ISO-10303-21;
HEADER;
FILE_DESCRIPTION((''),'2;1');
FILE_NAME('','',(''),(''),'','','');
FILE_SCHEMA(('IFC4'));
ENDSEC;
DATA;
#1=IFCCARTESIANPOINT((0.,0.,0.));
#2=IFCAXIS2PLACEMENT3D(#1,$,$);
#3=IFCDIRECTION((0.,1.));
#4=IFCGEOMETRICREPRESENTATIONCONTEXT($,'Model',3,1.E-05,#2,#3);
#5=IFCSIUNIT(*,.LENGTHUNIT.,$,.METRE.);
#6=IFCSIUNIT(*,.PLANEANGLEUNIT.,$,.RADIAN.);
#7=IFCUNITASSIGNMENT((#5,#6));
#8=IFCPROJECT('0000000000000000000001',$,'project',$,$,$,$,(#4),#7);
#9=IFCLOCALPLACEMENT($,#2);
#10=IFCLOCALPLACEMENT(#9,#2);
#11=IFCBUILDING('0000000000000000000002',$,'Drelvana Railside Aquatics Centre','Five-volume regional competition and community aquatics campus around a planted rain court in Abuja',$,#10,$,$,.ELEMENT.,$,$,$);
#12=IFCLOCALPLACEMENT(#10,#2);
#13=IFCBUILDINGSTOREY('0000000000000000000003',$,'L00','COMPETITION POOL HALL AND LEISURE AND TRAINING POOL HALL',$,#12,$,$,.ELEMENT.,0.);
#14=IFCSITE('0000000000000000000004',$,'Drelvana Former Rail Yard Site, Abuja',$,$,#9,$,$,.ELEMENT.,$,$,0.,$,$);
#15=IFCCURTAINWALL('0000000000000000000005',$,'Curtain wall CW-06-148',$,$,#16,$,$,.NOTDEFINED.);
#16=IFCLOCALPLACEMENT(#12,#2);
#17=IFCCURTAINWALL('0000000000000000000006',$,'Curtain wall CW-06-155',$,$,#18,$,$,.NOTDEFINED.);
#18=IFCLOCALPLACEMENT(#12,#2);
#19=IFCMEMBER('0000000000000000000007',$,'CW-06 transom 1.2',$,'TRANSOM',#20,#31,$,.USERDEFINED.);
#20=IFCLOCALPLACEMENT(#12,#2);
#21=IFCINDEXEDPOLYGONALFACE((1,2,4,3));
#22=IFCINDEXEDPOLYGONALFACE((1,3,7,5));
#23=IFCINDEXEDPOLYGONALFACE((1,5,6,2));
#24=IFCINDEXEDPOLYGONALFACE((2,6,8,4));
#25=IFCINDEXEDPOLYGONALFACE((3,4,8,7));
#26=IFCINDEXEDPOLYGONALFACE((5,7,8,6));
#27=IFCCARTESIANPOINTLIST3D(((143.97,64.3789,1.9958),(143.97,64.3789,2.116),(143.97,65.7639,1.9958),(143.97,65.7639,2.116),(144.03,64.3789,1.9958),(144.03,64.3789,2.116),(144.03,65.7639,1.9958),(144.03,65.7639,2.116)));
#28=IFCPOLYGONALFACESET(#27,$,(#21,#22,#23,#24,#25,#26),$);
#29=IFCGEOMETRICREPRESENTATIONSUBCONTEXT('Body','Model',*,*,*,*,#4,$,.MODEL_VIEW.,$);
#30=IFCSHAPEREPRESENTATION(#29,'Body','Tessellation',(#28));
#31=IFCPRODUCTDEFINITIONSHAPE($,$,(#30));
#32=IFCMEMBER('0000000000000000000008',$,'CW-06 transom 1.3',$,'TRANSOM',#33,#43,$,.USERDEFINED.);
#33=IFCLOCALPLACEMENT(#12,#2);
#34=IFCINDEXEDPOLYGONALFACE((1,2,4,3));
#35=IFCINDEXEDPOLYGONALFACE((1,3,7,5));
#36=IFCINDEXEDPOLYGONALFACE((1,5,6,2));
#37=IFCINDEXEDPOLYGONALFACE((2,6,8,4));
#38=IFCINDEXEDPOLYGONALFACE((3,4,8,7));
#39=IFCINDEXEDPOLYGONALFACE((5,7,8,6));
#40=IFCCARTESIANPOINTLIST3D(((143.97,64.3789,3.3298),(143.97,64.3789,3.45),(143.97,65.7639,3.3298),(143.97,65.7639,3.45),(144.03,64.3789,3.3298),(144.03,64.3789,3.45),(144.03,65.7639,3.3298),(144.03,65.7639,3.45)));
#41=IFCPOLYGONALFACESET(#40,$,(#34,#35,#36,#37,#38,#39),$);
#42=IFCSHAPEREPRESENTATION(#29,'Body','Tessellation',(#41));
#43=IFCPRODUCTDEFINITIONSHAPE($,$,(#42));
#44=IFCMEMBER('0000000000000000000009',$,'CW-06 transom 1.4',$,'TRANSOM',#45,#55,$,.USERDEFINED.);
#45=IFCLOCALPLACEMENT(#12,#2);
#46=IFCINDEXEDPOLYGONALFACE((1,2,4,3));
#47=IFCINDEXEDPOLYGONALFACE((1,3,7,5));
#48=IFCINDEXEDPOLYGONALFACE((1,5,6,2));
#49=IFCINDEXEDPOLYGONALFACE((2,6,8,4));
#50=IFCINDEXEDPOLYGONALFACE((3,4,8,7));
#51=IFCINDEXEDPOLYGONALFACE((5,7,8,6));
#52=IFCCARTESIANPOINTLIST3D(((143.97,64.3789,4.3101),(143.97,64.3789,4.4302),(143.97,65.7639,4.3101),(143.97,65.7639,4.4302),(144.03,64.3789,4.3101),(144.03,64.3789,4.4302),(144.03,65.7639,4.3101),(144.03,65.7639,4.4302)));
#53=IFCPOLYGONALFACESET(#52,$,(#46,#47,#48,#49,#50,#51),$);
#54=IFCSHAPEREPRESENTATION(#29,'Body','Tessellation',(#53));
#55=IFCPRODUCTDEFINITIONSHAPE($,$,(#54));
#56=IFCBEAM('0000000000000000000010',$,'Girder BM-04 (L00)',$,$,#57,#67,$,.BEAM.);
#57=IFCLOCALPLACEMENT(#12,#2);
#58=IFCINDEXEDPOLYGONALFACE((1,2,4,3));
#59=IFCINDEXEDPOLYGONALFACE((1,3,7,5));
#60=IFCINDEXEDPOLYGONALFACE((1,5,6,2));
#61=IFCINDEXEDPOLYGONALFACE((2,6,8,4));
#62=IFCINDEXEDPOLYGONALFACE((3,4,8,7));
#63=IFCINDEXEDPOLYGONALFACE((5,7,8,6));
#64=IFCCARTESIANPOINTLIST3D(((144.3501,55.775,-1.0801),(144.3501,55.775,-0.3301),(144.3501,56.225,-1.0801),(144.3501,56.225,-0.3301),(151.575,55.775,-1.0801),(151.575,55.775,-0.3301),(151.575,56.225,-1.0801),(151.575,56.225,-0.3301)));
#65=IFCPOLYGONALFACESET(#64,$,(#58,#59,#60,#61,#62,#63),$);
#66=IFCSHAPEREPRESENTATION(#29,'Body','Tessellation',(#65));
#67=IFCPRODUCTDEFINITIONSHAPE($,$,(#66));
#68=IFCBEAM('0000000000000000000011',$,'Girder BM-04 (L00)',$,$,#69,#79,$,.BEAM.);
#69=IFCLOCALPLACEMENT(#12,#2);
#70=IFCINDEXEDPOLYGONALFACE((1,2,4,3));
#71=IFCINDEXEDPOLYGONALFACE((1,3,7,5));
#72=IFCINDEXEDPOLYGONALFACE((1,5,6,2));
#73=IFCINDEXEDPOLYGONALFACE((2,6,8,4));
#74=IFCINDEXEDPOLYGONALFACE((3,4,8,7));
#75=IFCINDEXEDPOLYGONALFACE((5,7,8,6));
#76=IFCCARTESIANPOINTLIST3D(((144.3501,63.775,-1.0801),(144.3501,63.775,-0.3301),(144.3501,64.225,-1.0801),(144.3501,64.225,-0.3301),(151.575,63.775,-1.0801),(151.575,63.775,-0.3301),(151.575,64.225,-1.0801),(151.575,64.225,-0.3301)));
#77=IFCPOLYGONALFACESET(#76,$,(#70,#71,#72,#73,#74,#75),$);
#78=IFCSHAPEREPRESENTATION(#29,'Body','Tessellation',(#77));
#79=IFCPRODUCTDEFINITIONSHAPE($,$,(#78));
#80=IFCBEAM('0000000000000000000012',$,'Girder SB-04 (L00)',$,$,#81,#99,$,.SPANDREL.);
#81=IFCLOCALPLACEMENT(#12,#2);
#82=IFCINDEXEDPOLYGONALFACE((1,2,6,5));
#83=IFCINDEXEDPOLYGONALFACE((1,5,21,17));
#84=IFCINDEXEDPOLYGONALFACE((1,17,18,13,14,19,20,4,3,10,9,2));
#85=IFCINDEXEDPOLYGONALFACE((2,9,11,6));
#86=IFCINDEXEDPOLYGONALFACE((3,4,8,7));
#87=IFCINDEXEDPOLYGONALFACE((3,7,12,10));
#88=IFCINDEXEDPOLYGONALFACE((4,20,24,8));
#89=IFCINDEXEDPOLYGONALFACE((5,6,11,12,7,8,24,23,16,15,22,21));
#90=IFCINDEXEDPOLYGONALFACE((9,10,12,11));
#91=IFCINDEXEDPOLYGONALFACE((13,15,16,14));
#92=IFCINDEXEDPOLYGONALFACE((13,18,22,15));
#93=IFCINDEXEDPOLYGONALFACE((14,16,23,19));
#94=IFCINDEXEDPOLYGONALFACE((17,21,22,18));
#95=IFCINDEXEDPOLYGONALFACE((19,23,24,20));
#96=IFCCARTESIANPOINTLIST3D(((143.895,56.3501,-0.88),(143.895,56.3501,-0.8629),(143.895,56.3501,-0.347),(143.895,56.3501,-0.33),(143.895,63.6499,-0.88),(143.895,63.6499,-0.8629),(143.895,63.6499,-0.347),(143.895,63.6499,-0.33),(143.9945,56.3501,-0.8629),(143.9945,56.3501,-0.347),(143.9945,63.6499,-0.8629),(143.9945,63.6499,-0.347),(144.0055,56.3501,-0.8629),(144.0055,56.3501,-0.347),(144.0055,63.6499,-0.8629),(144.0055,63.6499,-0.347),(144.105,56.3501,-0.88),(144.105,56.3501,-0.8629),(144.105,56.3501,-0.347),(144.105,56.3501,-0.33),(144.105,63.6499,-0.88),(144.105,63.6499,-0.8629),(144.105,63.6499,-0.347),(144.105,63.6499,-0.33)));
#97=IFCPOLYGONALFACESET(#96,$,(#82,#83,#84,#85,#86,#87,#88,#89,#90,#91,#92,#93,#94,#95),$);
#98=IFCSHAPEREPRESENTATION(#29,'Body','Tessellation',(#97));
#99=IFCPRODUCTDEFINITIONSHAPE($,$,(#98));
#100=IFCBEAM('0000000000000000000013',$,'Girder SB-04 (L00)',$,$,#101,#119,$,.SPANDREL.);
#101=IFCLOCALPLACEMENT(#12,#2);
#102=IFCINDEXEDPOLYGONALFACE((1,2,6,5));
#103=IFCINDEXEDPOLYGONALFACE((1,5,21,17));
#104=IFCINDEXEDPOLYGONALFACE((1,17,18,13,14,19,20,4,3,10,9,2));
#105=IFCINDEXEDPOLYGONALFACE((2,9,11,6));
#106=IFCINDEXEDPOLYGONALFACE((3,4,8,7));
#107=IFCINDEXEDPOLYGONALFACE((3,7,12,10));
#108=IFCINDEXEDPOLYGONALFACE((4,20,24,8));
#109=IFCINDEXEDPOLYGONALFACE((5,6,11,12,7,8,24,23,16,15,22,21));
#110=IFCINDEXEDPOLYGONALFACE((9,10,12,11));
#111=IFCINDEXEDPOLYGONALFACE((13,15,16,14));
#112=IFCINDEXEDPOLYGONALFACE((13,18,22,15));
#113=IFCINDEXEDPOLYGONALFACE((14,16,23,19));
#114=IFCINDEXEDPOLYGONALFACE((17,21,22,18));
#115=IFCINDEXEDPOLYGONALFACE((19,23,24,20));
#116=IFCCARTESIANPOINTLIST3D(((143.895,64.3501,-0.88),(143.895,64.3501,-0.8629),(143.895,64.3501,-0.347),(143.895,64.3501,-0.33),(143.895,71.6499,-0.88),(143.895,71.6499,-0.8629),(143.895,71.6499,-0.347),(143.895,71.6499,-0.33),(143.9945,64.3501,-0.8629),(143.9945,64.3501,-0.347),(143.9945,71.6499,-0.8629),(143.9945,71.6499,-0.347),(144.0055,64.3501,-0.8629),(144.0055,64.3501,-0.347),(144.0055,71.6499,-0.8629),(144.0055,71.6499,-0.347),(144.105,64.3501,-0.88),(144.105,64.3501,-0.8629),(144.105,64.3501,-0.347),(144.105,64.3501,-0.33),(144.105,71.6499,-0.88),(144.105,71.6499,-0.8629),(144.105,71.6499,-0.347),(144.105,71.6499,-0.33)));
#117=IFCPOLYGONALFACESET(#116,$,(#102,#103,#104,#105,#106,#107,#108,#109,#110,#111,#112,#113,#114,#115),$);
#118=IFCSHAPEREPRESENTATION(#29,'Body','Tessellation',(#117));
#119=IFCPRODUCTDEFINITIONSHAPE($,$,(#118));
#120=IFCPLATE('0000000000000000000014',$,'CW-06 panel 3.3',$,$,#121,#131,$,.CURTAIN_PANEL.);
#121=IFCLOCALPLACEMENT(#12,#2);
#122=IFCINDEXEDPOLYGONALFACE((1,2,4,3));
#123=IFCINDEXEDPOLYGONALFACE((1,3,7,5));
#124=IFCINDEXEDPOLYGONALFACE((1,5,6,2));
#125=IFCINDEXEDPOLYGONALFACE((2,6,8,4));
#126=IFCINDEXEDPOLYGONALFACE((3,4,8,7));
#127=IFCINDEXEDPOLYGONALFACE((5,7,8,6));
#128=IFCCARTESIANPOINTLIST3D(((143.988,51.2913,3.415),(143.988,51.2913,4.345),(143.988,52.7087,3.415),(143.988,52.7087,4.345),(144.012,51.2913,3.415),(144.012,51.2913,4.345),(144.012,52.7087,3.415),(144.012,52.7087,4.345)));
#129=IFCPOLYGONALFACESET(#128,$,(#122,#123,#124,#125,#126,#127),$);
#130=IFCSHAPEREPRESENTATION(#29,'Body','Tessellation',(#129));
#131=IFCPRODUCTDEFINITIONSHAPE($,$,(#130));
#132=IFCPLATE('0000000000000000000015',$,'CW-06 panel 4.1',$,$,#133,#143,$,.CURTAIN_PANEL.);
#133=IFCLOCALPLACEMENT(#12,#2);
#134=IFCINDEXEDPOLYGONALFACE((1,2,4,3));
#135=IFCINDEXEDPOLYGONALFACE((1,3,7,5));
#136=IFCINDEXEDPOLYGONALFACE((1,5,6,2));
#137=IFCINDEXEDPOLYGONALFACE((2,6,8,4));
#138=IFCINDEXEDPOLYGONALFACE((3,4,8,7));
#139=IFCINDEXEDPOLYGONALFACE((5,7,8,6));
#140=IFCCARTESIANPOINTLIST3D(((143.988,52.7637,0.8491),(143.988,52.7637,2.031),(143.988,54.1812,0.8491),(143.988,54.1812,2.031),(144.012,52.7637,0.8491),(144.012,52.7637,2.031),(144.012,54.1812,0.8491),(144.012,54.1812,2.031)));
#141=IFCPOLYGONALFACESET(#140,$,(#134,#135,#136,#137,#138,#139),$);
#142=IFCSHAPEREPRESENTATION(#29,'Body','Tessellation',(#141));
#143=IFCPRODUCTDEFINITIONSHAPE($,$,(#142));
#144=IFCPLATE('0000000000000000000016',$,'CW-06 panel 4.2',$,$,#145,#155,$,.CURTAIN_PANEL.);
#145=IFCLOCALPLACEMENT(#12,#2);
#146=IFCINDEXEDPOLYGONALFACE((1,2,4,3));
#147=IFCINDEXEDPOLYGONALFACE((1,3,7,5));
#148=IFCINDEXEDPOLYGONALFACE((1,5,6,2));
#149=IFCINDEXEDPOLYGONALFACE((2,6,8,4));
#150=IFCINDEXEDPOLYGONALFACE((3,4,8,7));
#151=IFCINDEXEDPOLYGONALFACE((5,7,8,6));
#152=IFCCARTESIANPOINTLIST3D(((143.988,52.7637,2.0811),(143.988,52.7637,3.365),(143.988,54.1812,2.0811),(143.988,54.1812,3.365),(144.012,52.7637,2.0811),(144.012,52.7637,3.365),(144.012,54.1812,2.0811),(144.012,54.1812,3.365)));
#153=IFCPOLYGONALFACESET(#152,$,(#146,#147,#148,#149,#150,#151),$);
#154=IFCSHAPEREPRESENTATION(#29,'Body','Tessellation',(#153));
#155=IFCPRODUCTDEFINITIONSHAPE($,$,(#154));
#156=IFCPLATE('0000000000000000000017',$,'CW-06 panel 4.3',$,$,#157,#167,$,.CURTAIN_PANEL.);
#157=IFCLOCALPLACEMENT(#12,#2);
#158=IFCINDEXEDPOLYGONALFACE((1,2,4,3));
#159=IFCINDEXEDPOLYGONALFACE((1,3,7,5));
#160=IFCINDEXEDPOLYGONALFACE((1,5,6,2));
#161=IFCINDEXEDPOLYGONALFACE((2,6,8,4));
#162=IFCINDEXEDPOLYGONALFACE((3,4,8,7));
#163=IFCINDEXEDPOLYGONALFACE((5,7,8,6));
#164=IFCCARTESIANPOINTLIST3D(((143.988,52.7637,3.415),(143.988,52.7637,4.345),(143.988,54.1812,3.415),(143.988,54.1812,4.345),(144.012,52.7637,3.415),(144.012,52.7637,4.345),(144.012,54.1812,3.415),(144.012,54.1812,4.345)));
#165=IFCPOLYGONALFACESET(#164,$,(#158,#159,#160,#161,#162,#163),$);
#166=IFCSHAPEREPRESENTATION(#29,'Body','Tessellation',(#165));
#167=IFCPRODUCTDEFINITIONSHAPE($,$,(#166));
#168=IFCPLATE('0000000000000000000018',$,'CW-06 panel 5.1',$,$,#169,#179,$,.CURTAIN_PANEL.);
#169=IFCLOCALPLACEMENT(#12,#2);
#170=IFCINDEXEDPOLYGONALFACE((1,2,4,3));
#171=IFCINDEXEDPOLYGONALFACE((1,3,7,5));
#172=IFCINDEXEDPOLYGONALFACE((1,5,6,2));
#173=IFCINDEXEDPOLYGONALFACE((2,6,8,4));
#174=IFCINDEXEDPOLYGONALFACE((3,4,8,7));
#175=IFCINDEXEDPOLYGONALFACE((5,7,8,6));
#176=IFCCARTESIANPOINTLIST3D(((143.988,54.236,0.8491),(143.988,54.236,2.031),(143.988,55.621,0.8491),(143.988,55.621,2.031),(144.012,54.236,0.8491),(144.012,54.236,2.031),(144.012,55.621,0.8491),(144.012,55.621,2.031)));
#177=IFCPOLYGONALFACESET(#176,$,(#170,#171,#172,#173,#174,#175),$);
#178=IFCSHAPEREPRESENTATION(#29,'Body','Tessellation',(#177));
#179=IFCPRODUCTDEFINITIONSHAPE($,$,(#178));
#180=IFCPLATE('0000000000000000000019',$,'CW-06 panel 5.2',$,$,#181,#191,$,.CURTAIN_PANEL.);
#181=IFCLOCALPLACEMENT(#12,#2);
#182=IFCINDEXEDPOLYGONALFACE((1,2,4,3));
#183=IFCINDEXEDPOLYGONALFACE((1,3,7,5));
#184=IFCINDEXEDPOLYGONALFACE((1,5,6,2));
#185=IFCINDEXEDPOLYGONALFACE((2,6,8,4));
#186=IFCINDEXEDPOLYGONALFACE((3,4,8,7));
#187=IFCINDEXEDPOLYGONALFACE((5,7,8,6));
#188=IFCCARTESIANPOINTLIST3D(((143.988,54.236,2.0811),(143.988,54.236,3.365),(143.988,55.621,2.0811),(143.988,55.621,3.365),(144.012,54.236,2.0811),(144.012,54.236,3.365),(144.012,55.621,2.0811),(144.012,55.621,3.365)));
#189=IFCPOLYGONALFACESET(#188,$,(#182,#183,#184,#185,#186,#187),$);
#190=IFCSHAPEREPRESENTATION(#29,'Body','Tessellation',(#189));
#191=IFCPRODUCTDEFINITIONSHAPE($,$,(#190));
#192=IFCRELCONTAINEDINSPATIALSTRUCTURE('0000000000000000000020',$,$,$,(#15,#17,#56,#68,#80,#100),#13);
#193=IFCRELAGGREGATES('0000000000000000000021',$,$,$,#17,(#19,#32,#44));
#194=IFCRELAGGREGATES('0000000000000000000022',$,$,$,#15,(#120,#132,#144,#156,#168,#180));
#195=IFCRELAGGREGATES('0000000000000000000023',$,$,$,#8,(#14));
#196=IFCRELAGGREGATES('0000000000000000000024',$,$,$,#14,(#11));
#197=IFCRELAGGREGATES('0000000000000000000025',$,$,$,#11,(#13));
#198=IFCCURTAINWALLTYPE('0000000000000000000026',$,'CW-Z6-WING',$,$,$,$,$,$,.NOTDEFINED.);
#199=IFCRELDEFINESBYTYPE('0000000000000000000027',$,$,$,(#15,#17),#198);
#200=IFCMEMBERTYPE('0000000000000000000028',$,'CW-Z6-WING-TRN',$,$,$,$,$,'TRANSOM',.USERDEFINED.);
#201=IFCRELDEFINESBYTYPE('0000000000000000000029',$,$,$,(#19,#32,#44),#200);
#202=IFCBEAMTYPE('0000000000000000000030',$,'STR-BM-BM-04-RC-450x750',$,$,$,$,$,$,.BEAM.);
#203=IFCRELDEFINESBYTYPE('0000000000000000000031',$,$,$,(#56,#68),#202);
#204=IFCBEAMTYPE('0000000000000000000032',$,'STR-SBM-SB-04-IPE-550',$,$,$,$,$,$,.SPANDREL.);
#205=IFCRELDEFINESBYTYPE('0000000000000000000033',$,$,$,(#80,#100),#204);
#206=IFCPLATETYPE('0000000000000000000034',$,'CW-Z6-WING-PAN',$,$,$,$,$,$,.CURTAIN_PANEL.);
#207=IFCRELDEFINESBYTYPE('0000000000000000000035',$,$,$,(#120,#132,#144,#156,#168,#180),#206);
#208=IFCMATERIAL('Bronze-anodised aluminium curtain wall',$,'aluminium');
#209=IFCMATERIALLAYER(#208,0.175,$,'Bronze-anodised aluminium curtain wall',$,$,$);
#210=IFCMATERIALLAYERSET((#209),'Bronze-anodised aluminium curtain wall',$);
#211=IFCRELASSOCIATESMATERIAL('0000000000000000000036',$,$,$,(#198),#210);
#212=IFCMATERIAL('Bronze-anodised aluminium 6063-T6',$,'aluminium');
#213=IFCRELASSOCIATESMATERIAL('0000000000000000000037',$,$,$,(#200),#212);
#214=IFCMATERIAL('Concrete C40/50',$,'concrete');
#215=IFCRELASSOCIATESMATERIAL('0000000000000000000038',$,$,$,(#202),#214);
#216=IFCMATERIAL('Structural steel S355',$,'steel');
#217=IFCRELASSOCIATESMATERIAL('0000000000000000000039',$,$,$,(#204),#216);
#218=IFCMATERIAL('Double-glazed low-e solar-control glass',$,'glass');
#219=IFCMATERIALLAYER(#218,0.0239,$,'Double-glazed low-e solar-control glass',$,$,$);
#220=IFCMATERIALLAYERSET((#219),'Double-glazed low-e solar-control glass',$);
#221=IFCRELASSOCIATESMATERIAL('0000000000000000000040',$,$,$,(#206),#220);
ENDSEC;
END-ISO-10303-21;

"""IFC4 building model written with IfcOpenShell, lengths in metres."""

from ifc_helpers import new_model, si_unit, direction, frame, origin, origin_2d, place, context, subcontext, project, spatial, rectangle, i_section, extrude, material, layer, layer_set, material_profile, profile_set, type_object, element, aggregate, save


model = new_model("IFC4")

# Units and contexts
model_context = context("Model", 3, precision=1e-05, world=origin(), true_north=direction((0.0, 1.0)))
body_context = subcontext(model_context, "Body", "Model", "MODEL_VIEW")
ifc_project = project(units=[si_unit("LENGTHUNIT", "METRE"), si_unit("PLANEANGLEUNIT", "RADIAN")], contexts=[model_context])

# Site, building, storey
site_placement = place(None, origin())
site = spatial("IfcSite", under=ifc_project, at=site_placement, Name="Drelvana Former Rail Yard Site, Abuja", CompositionType="ELEMENT", RefElevation=0.0)
building_placement = place(site_placement, origin())
building = spatial("IfcBuilding", under=site, at=building_placement, Name="Drelvana Railside Aquatics Centre", Description="Five-volume regional competition and community aquatics campus around a planted rain court in Abuja", CompositionType="ELEMENT")
storey_placement = place(building_placement, origin())
storey = spatial("IfcBuildingStorey", under=building, at=storey_placement, Name="L00", Description="COMPETITION POOL HALL AND LEISURE AND TRAINING POOL HALL", CompositionType="ELEMENT", Elevation=0.0)

# Shared definitions
ifc_material_1 = material(Name="Concrete C40/50", Category="concrete")

# Curtain wall
ifc_material_2 = material(Name="Bronze-anodised aluminium curtain wall", Category="aluminium")
ifc_layer_1 = layer(ifc_material_2, 0.175, Name="Bronze-anodised aluminium curtain wall")
ifc_layer_set_1 = layer_set([ifc_layer_1], Name="Bronze-anodised aluminium curtain wall")
curtain_wall_type = type_object("IfcCurtainWallType", Name="CW-Z6-WING", PredefinedType="NOTDEFINED", material=ifc_layer_set_1)
curtain_wall_1_placement = place(storey_placement, origin())
curtain_wall_1 = element("IfcCurtainWall", 1, at=curtain_wall_1_placement, inside=storey, type_object=curtain_wall_type, Name="Curtain wall CW-06-148", PredefinedType="NOTDEFINED")
ifc_material_3 = material(Name="Bronze-anodised aluminium 6063-T6", Category="aluminium")

# Curtain wall
curtain_wall_2_placement = place(storey_placement, origin())
curtain_wall_2 = element("IfcCurtainWall", 2, at=curtain_wall_2_placement, inside=storey, type_object=curtain_wall_type, Name="Curtain wall CW-06-155", PredefinedType="NOTDEFINED")

# Members
ifc_material_profile_1 = material_profile(ifc_material_3, rectangle(XDim=0.1201, YDim=0.0601, at=origin_2d()), Name="ALU-T 60x120")
ifc_profile_set_1 = profile_set([ifc_material_profile_1], Name="Bronze-anodised aluminium 6063-T6")
member_type_1 = type_object("IfcMemberType", Name="CW-Z6-WING-TRN", ElementType="TRANSOM", PredefinedType="USERDEFINED", material=ifc_profile_set_1)
member_1_placement = place(storey_placement, frame((144.0, 64.3789, 2.0559), z_axis=(0.0, 1.0, 0.0), x_axis=(0.0, 0.0, 1.0)))
member_1 = element("IfcMember", 3, at=member_1_placement, type_object=member_type_1, Name="CW-06 transom 1.2", ObjectType="TRANSOM", PredefinedType="USERDEFINED", context=body_context, shape_type="SweptSolid", body=[
    extrude(rectangle(XDim=0.1201, YDim=0.0601, at=origin_2d()), origin(), (0.0, 0.0, 1.0), 1.385),
])
member_2_placement = place(storey_placement, frame((144.0, 64.3789, 3.3899), z_axis=(0.0, 1.0, 0.0), x_axis=(0.0, 0.0, 1.0)))
member_2 = element("IfcMember", 4, at=member_2_placement, type_object=member_type_1, Name="CW-06 transom 1.3", ObjectType="TRANSOM", PredefinedType="USERDEFINED", context=body_context, shape_type="SweptSolid", body=[
    extrude(rectangle(XDim=0.1201, YDim=0.0601, at=origin_2d()), origin(), (0.0, 0.0, 1.0), 1.385),
])
member_3_placement = place(storey_placement, frame((144.0, 64.3789, 4.3701), z_axis=(0.0, 1.0, 0.0), x_axis=(0.0, 0.0, 1.0)))
member_3 = element("IfcMember", 5, at=member_3_placement, type_object=member_type_1, Name="CW-06 transom 1.4", ObjectType="TRANSOM", PredefinedType="USERDEFINED", context=body_context, shape_type="SweptSolid", body=[
    extrude(rectangle(XDim=0.1201, YDim=0.0601, at=origin_2d()), origin(), (0.0, 0.0, 1.0), 1.385),
])
aggregate(curtain_wall_2, [member_1, member_2, member_3])

# Beams
ifc_material_profile_2 = material_profile(ifc_material_1, rectangle(XDim=0.45, YDim=0.75, at=origin_2d()), Name="RC 450x750")
ifc_profile_set_2 = profile_set([ifc_material_profile_2], Name="Concrete C40/50")
beam_type_1 = type_object("IfcBeamType", Name="STR-BM-BM-04-RC-450x750", PredefinedType="BEAM", material=ifc_profile_set_2)
for number, where, z_axis, x_axis, name in (
    (6, (144.3501, 56.0, -0.7051), (1.0, 0.0, 0.0), (0.0, 1.0, 0.0), "Girder BM-04 (L00)"),
    (7, (144.3501, 64.0, -0.7051), (1.0, 0.0, 0.0), (0.0, 1.0, 0.0), "Girder BM-04 (L00)"),
):
    element("IfcBeam", number, at=place(storey_placement, frame(where, z_axis=z_axis, x_axis=x_axis)), inside=storey, type_object=beam_type_1, Name=name, PredefinedType="BEAM", context=body_context, shape_type="SweptSolid", body=[
        extrude(rectangle(XDim=0.45, YDim=0.75, at=origin_2d()), origin(), (0.0, 0.0, 1.0), 7.2249),
    ])
ifc_material_4 = material(Name="Structural steel S355", Category="steel")
ifc_material_profile_3 = material_profile(ifc_material_4, i_section(OverallWidth=0.21, OverallDepth=0.55, WebThickness=0.011, FlangeThickness=0.0171, at=origin_2d()), Name="IPE 550")
ifc_profile_set_3 = profile_set([ifc_material_profile_3], Name="Structural steel S355")
beam_type_2 = type_object("IfcBeamType", Name="STR-SBM-SB-04-IPE-550", PredefinedType="SPANDREL", material=ifc_profile_set_3)
for number, where, z_axis, x_axis, name in (
    (8, (144.0, 56.3501, -0.605), (0.0, 1.0, 0.0), (-1.0, 0.0, 0.0), "Girder SB-04 (L00)"),
    (9, (144.0, 64.3501, -0.605), (0.0, 1.0, 0.0), (-1.0, 0.0, 0.0), "Girder SB-04 (L00)"),
):
    element("IfcBeam", number, at=place(storey_placement, frame(where, z_axis=z_axis, x_axis=x_axis)), inside=storey, type_object=beam_type_2, Name=name, PredefinedType="SPANDREL", context=body_context, shape_type="SweptSolid", body=[
        extrude(i_section(OverallWidth=0.21, OverallDepth=0.55, WebThickness=0.011, FlangeThickness=0.0171, at=origin_2d()), origin(), (0.0, 0.0, 1.0), 7.2998),
    ])

# Plates
ifc_material_5 = material(Name="Double-glazed low-e solar-control glass", Category="glass")
ifc_layer_2 = layer(ifc_material_5, 0.0239, Name="Double-glazed low-e solar-control glass")
ifc_layer_set_2 = layer_set([ifc_layer_2], Name="Double-glazed low-e solar-control glass")
plate_type = type_object("IfcPlateType", Name="CW-Z6-WING-PAN", PredefinedType="CURTAIN_PANEL", material=ifc_layer_set_2)
plate_1_placement = place(storey_placement, frame((144.0, 52.0, 3.415), z_axis=(0.0, 0.0, 1.0), x_axis=(0.0, 1.0, 0.0)))
plate_1 = element("IfcPlate", 10, at=plate_1_placement, type_object=plate_type, Name="CW-06 panel 3.3", PredefinedType="CURTAIN_PANEL", context=body_context, shape_type="SweptSolid", body=[
    extrude(rectangle(XDim=1.4175, YDim=0.0239, at=origin_2d()), origin(), (0.0, 0.0, 1.0), 0.9299),
])
plate_2_placement = place(storey_placement, frame((144.0, 53.4724, 0.8491), z_axis=(0.0, 0.0, 1.0), x_axis=(0.0, 1.0, 0.0)))
plate_2 = element("IfcPlate", 11, at=plate_2_placement, type_object=plate_type, Name="CW-06 panel 4.1", PredefinedType="CURTAIN_PANEL", context=body_context, shape_type="SweptSolid", body=[
    extrude(rectangle(XDim=1.4175, YDim=0.0239, at=origin_2d()), origin(), (0.0, 0.0, 1.0), 1.1819),
])
plate_3_placement = place(storey_placement, frame((144.0, 53.4724, 2.0811), z_axis=(0.0, 0.0, 1.0), x_axis=(0.0, 1.0, 0.0)))
plate_3 = element("IfcPlate", 12, at=plate_3_placement, type_object=plate_type, Name="CW-06 panel 4.2", PredefinedType="CURTAIN_PANEL", context=body_context, shape_type="SweptSolid", body=[
    extrude(rectangle(XDim=1.4175, YDim=0.0239, at=origin_2d()), origin(), (0.0, 0.0, 1.0), 1.2839),
])
plate_4_placement = place(storey_placement, frame((144.0, 53.4724, 3.415), z_axis=(0.0, 0.0, 1.0), x_axis=(0.0, 1.0, 0.0)))
plate_4 = element("IfcPlate", 13, at=plate_4_placement, type_object=plate_type, Name="CW-06 panel 4.3", PredefinedType="CURTAIN_PANEL", context=body_context, shape_type="SweptSolid", body=[
    extrude(rectangle(XDim=1.4175, YDim=0.0239, at=origin_2d()), origin(), (0.0, 0.0, 1.0), 0.9299),
])
plate_5_placement = place(storey_placement, frame((144.0, 54.9285, 0.8491), z_axis=(0.0, 0.0, 1.0), x_axis=(0.0, 1.0, 0.0)))
plate_5 = element("IfcPlate", 14, at=plate_5_placement, type_object=plate_type, Name="CW-06 panel 5.1", PredefinedType="CURTAIN_PANEL", context=body_context, shape_type="SweptSolid", body=[
    extrude(rectangle(XDim=1.385, YDim=0.0239, at=origin_2d()), origin(), (0.0, 0.0, 1.0), 1.1819),
])
plate_6_placement = place(storey_placement, frame((144.0, 54.9285, 2.0811), z_axis=(0.0, 0.0, 1.0), x_axis=(0.0, 1.0, 0.0)))
plate_6 = element("IfcPlate", 15, at=plate_6_placement, type_object=plate_type, Name="CW-06 panel 5.2", PredefinedType="CURTAIN_PANEL", context=body_context, shape_type="SweptSolid", body=[
    extrude(rectangle(XDim=1.385, YDim=0.0239, at=origin_2d()), origin(), (0.0, 0.0, 1.0), 1.2839),
])
aggregate(curtain_wall_1, [plate_1, plate_2, plate_3, plate_4, plate_5, plate_6])

save(model, "model.ifc")
